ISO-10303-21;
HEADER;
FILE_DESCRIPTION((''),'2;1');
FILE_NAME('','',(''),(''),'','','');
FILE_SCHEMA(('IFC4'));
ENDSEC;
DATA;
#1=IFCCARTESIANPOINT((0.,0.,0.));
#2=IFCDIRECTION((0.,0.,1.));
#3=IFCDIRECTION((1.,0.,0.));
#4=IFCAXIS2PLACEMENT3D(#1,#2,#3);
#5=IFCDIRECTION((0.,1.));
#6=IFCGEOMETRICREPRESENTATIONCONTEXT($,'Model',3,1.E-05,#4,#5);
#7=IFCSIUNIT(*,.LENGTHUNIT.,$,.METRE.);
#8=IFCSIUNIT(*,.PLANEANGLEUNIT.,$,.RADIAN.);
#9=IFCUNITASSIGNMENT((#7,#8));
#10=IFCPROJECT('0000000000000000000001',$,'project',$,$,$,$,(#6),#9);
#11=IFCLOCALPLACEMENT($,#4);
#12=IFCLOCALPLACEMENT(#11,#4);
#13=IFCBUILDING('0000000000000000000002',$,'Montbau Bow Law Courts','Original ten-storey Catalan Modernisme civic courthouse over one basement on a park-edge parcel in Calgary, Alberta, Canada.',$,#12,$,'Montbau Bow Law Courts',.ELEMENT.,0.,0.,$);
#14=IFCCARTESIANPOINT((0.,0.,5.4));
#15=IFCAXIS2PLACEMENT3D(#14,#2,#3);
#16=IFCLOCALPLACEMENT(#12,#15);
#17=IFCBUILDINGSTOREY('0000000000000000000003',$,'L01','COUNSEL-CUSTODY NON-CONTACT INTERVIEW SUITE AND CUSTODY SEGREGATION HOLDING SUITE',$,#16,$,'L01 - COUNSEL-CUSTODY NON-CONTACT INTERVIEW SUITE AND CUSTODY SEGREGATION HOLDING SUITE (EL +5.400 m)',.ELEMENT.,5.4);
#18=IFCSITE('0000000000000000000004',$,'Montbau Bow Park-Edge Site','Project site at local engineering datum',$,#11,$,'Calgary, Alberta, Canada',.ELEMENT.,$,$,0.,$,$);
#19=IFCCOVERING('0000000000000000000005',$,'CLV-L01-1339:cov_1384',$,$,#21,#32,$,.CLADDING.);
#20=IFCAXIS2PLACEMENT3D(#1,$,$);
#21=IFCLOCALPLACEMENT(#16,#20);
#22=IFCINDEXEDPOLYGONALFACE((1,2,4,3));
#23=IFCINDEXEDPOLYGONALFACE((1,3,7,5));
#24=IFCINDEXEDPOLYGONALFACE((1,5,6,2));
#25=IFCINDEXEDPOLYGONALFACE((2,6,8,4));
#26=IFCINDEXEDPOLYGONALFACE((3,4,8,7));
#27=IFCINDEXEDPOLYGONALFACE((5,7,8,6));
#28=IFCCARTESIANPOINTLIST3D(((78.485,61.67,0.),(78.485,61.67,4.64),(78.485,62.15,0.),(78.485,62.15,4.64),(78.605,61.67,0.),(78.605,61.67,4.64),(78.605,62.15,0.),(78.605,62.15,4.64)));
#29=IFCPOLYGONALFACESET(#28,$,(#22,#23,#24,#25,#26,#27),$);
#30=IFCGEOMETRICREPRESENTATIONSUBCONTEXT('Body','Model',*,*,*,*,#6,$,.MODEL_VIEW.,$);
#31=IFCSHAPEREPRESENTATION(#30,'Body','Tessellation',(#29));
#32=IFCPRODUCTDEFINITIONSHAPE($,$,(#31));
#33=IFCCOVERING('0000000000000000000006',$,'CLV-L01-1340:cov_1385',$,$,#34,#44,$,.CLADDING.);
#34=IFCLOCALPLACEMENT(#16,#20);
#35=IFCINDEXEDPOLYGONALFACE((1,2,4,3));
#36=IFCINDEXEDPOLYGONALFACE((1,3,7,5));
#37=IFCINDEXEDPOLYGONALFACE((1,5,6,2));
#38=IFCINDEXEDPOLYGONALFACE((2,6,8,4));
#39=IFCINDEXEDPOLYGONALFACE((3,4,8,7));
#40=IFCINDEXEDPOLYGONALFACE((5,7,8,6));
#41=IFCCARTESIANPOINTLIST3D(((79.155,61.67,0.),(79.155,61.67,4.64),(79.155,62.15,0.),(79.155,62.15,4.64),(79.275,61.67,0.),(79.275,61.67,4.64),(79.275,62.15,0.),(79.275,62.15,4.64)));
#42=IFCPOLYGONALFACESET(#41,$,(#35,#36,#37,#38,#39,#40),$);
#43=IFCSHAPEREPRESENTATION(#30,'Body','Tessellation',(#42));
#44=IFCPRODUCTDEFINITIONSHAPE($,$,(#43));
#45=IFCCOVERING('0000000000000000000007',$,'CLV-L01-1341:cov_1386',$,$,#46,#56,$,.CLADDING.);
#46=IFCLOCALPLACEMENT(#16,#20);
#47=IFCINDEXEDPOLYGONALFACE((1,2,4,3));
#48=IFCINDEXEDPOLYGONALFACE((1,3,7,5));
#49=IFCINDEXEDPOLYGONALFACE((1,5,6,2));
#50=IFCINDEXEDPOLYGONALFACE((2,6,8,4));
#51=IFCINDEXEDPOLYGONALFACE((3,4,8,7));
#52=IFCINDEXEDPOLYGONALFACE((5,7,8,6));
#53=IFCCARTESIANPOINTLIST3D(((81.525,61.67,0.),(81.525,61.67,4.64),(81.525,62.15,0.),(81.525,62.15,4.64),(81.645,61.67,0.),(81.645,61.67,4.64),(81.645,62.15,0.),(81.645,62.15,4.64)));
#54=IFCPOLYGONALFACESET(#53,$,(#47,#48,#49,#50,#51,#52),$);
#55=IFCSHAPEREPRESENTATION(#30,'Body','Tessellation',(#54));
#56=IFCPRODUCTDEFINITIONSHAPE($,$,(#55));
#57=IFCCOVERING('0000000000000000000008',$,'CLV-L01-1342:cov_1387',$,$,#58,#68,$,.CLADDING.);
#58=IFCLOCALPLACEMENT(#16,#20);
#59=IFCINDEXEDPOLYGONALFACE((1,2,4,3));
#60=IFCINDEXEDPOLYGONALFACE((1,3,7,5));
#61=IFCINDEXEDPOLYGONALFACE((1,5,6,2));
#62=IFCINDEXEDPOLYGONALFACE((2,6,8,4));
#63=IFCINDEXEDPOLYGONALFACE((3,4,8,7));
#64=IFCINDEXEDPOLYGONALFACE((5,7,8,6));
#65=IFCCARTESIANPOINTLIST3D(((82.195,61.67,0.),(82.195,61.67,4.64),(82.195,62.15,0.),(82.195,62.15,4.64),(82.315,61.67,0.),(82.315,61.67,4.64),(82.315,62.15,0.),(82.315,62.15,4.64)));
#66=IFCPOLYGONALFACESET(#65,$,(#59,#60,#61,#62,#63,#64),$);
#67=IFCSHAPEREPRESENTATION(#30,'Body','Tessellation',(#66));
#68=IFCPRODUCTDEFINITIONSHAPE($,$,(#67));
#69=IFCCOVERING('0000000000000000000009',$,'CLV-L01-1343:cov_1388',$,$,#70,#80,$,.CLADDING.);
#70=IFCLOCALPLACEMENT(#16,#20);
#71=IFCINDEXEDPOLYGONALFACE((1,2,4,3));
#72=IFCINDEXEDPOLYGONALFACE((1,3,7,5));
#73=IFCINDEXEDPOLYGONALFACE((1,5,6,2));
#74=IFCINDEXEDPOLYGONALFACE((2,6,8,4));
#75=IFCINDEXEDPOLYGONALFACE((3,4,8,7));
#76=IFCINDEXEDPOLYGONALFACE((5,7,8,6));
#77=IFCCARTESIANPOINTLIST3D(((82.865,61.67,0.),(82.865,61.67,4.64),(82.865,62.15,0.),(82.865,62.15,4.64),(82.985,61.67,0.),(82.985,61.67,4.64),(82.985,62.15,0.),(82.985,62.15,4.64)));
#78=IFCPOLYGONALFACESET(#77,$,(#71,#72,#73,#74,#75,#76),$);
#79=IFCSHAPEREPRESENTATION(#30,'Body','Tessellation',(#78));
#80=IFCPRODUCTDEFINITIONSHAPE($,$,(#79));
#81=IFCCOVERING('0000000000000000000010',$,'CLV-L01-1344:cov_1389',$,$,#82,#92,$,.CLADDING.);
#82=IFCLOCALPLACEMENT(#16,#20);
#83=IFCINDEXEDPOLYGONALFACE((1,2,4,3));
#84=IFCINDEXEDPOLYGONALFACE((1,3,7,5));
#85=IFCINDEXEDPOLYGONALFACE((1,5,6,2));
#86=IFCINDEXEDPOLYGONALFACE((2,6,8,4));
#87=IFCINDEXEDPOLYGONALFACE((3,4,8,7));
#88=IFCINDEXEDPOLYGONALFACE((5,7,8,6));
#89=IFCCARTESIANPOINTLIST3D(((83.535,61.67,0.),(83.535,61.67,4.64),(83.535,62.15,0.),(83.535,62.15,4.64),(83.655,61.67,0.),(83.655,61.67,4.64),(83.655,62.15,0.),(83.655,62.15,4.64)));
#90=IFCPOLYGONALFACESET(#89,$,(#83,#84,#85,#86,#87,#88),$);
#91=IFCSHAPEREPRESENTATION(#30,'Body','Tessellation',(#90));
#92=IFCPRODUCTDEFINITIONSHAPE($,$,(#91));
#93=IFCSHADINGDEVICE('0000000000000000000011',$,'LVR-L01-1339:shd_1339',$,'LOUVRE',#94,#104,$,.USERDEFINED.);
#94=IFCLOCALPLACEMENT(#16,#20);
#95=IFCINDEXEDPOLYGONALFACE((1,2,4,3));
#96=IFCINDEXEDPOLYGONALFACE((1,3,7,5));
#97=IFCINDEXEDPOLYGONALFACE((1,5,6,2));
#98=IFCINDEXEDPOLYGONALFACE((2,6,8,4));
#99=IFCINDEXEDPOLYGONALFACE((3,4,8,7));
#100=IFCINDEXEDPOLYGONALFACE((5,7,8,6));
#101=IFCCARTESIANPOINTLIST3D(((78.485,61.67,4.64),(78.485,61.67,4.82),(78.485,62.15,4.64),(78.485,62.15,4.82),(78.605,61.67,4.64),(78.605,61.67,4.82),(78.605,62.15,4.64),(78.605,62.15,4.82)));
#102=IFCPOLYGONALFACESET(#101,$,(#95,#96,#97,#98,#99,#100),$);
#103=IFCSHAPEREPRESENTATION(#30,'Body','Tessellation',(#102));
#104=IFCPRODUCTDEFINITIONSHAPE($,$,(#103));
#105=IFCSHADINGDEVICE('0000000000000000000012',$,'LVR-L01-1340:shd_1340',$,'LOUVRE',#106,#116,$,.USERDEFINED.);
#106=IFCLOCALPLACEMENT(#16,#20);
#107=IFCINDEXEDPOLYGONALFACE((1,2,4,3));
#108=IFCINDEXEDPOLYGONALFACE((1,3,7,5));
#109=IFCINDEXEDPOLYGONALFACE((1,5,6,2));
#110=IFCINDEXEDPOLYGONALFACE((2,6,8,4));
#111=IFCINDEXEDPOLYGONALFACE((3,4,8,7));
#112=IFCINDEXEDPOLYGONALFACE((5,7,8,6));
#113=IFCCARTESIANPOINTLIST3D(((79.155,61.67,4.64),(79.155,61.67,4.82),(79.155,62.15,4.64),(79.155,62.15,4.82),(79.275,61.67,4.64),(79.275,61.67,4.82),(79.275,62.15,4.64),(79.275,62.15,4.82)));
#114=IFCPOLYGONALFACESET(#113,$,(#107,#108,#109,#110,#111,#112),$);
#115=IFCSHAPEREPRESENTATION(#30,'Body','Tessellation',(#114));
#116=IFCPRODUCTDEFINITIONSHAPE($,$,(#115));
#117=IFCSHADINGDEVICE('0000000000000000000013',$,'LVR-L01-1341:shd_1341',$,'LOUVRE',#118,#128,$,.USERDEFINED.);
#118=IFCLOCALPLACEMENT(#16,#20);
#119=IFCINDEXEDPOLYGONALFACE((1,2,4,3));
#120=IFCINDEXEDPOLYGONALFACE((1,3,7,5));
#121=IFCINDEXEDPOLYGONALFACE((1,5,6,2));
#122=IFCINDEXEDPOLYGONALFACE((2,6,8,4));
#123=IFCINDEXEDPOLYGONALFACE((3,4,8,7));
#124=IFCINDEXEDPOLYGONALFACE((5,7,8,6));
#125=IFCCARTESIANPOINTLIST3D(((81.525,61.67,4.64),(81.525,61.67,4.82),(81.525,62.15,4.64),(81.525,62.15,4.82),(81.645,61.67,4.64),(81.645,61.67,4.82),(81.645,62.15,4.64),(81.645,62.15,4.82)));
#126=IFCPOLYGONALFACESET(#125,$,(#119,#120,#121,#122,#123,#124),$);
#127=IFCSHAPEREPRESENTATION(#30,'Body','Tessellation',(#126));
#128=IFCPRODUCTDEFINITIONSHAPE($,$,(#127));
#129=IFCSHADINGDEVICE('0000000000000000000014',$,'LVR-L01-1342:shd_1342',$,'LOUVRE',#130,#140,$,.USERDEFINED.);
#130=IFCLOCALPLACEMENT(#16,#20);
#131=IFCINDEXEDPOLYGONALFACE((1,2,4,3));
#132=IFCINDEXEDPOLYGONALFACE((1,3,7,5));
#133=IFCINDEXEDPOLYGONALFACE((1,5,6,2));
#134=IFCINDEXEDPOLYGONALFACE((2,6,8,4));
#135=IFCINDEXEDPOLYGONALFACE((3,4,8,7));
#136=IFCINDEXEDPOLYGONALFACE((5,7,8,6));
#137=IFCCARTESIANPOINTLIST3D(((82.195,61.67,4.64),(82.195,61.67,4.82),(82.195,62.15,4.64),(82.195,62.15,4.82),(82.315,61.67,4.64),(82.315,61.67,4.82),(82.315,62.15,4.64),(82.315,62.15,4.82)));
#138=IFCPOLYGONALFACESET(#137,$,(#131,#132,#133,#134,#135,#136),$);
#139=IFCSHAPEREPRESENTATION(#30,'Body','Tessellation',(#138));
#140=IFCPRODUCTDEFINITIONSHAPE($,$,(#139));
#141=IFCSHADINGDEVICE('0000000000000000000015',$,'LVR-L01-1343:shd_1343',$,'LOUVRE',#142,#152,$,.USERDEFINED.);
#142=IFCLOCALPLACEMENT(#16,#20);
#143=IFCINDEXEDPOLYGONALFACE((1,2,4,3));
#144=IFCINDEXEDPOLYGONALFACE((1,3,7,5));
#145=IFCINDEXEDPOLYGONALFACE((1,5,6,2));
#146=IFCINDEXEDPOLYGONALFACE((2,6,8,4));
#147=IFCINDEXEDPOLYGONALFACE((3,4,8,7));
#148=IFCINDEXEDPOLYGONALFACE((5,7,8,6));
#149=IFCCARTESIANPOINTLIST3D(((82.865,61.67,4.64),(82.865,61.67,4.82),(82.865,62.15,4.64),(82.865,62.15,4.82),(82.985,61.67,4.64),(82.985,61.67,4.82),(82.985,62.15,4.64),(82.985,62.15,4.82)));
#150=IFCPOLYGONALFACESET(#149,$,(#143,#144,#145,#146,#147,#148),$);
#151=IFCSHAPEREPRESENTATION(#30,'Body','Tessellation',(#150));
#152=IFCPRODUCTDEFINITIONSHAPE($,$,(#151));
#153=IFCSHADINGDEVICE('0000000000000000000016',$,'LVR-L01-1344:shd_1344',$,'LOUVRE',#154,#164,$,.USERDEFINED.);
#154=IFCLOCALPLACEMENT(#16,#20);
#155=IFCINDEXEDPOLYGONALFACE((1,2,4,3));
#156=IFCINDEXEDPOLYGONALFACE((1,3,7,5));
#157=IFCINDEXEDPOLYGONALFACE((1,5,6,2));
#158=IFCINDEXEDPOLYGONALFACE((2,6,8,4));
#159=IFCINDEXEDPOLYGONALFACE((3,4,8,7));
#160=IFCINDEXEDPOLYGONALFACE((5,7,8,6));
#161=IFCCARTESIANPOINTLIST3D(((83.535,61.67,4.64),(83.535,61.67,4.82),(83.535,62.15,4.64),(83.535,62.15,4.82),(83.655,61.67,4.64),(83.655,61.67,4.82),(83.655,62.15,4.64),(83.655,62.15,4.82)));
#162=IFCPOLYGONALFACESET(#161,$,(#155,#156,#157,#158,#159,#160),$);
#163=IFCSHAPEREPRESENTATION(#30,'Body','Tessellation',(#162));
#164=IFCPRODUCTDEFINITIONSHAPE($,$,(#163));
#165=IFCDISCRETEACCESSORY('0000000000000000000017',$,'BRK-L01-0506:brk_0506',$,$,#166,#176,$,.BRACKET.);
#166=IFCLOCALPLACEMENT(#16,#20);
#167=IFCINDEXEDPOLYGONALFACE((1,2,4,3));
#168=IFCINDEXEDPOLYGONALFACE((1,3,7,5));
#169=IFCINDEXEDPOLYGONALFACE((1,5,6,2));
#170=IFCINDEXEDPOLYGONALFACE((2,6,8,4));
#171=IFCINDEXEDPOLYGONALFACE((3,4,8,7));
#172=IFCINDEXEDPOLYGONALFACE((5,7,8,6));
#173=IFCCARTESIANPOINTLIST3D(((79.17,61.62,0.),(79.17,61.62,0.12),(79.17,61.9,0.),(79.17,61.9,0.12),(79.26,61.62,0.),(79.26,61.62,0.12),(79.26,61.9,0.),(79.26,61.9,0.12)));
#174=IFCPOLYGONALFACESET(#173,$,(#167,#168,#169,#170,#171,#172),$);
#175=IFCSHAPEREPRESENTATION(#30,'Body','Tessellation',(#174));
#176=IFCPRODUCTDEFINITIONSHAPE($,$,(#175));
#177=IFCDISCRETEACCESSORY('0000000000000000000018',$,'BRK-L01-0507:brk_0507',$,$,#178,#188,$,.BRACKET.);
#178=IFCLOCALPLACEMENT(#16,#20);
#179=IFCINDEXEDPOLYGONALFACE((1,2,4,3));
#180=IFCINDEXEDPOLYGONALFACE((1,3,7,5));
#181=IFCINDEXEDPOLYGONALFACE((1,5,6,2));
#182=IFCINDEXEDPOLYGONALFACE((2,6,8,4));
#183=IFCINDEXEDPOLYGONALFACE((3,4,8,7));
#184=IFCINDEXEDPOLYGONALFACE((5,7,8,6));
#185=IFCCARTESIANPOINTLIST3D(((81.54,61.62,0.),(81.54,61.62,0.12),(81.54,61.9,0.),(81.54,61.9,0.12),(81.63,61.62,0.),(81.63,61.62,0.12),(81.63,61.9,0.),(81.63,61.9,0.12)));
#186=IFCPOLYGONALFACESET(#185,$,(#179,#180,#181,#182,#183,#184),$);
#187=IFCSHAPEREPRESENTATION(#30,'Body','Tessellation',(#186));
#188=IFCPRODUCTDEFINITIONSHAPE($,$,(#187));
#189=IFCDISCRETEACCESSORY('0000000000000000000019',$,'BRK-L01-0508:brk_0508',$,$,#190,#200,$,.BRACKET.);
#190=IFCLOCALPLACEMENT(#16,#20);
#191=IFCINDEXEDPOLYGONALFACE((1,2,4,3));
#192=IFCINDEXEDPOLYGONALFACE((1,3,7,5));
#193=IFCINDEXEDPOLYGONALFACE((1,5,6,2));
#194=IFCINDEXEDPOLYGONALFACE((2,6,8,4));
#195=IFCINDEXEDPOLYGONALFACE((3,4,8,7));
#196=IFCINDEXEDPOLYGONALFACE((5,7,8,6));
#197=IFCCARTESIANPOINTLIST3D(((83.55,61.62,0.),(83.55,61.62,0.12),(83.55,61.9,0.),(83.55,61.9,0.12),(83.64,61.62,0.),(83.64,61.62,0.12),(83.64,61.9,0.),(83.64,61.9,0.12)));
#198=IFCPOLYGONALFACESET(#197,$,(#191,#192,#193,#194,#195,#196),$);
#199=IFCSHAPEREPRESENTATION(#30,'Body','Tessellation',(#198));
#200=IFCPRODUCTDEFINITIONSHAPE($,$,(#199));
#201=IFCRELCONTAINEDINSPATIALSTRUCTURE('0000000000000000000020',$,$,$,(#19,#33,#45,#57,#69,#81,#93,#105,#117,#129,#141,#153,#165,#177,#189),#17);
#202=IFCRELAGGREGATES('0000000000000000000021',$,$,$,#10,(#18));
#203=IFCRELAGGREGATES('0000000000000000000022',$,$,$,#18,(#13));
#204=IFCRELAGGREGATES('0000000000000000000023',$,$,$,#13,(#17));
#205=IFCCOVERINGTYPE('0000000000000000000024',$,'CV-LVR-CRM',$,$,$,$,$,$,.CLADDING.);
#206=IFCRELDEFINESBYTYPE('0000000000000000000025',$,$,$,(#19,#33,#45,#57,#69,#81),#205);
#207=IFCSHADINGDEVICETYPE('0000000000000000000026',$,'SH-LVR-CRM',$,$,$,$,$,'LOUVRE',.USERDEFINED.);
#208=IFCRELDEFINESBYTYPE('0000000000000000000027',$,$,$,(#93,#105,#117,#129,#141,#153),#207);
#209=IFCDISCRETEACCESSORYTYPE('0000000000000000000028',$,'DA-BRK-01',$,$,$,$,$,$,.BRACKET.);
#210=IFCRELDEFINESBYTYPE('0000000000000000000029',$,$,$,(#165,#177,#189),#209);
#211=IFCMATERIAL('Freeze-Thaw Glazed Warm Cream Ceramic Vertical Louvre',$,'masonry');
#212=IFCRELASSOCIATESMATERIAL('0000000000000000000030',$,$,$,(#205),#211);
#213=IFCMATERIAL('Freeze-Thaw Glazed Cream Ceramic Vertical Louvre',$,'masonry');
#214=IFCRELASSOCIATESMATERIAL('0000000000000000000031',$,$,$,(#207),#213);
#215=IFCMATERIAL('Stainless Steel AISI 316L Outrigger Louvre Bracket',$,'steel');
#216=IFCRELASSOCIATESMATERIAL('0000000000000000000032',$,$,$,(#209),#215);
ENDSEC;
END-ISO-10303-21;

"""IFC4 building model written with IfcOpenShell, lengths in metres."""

from ifc_helpers import new_model, si_unit, direction, frame, frame_2d, origin_with_axes, origin_2d_with_axis, place, context, subcontext, project, spatial, rectangle, extrude, material, type_object, element, save


model = new_model("IFC4")

# Units and contexts
model_context = context("Model", 3, precision=1e-05, world=origin_with_axes(), true_north=direction((0.0, 1.0)))
body_context = subcontext(model_context, "Body", "Model", "MODEL_VIEW")
ifc_project = project(units=[si_unit("LENGTHUNIT", "METRE"), si_unit("PLANEANGLEUNIT", "RADIAN")], contexts=[model_context])

# Site, building, storey
site_placement = place(None, origin_with_axes())
site = spatial("IfcSite", under=ifc_project, at=site_placement, Name="Montbau Bow Park-Edge Site", Description="Project site at local engineering datum", LongName="Calgary, Alberta, Canada", CompositionType="ELEMENT", RefElevation=0.0)
building_placement = place(site_placement, origin_with_axes())
building = spatial("IfcBuilding", under=site, at=building_placement, Name="Montbau Bow Law Courts", Description="Original ten-storey Catalan Modernisme civic courthouse over one basement on a park-edge parcel in Calgary, Alberta, Canada.", LongName="Montbau Bow Law Courts", CompositionType="ELEMENT", ElevationOfRefHeight=0.0, ElevationOfTerrain=0.0)
storey_placement = place(building_placement, frame((0.0, 0.0, 5.4), z_axis=(0.0, 0.0, 1.0), x_axis=(1.0, 0.0, 0.0)))
storey = spatial("IfcBuildingStorey", under=building, at=storey_placement, Name="L01", Description="COUNSEL-CUSTODY NON-CONTACT INTERVIEW SUITE AND CUSTODY SEGREGATION HOLDING SUITE", LongName="L01 - COUNSEL-CUSTODY NON-CONTACT INTERVIEW SUITE AND CUSTODY SEGREGATION HOLDING SUITE (EL +5.400 m)", CompositionType="ELEMENT", Elevation=5.4)

# Coverings
ifc_material_1 = material(Name="Freeze-Thaw Glazed Warm Cream Ceramic Vertical Louvre", Category="masonry")
covering_type = type_object("IfcCoveringType", Name="CV-LVR-CRM", PredefinedType="CLADDING", material=ifc_material_1)
for number, where, z_axis, x_axis, name in (
    (1, (78.545, 61.67, 5.4), (1.0, 0.0, 0.0), (0.0, 1.0, 0.0), "CLV-L01-1339:cov_1384"),
    (2, (79.215, 61.67, 5.4), (1.0, 0.0, 0.0), (0.0, 1.0, 0.0), "CLV-L01-1340:cov_1385"),
    (3, (81.585, 61.67, 5.4), (1.0, 0.0, 0.0), (0.0, 1.0, 0.0), "CLV-L01-1341:cov_1386"),
    (4, (82.255, 61.67, 5.4), (1.0, 0.0, 0.0), (0.0, 1.0, 0.0), "CLV-L01-1342:cov_1387"),
    (5, (82.925, 61.67, 5.4), (1.0, 0.0, 0.0), (0.0, 1.0, 0.0), "CLV-L01-1343:cov_1388"),
    (6, (83.595, 61.67, 5.4), (1.0, 0.0, 0.0), (0.0, 1.0, 0.0), "CLV-L01-1344:cov_1389"),
):
    element("IfcCovering", number, at=place(None, frame(where, z_axis=z_axis, x_axis=x_axis)), inside=storey, type_object=covering_type, Name=name, PredefinedType="CLADDING", context=body_context, shape_type="SweptSolid", body=[
        extrude(rectangle(XDim=0.48, YDim=4.64, at=frame_2d((0.24, 2.32), x_axis=(1.0, 0.0))), frame((0.0, 0.0, -0.06), z_axis=(0.0, 0.0, 1.0), x_axis=(1.0, 0.0, 0.0)), (0.0, 0.0, 1.0), 0.12),
    ])

# Shading devices
ifc_material_2 = material(Name="Freeze-Thaw Glazed Cream Ceramic Vertical Louvre", Category="masonry")
shading_device_type = type_object("IfcShadingDeviceType", Name="SH-LVR-CRM", ElementType="LOUVRE", PredefinedType="USERDEFINED", material=ifc_material_2)
for number, where, z_axis, x_axis, name in (
    (7, (78.545, 61.91, 10.04), (0.0, 0.0, 1.0), (0.0, 1.0, 0.0), "LVR-L01-1339:shd_1339"),
    (8, (79.215, 61.91, 10.04), (0.0, 0.0, 1.0), (0.0, 1.0, 0.0), "LVR-L01-1340:shd_1340"),
    (9, (81.585, 61.91, 10.04), (0.0, 0.0, 1.0), (0.0, 1.0, 0.0), "LVR-L01-1341:shd_1341"),
    (10, (82.255, 61.91, 10.04), (0.0, 0.0, 1.0), (0.0, 1.0, 0.0), "LVR-L01-1342:shd_1342"),
    (11, (82.925, 61.91, 10.04), (0.0, 0.0, 1.0), (0.0, 1.0, 0.0), "LVR-L01-1343:shd_1343"),
    (12, (83.595, 61.91, 10.04), (0.0, 0.0, 1.0), (0.0, 1.0, 0.0), "LVR-L01-1344:shd_1344"),
):
    element("IfcShadingDevice", number, at=place(None, frame(where, z_axis=z_axis, x_axis=x_axis)), inside=storey, type_object=shading_device_type, Name=name, ObjectType="LOUVRE", PredefinedType="USERDEFINED", context=body_context, shape_type="SweptSolid", body=[
        extrude(rectangle(XDim=0.48, YDim=0.12, at=origin_2d_with_axis()), origin_with_axes(), (0.0, 0.0, 1.0), 0.18),
    ])

# Discrete accessories
ifc_material_3 = material(Name="Stainless Steel AISI 316L Outrigger Louvre Bracket", Category="steel")
discrete_accessory_type = type_object("IfcDiscreteAccessoryType", Name="DA-BRK-01", PredefinedType="BRACKET", material=ifc_material_3)
for number, where, z_axis, x_axis, name in (
    (13, (79.215, 61.76, 5.4), (0.0, 0.0, 1.0), (0.0, 1.0, 0.0), "BRK-L01-0506:brk_0506"),
    (14, (81.585, 61.76, 5.4), (0.0, 0.0, 1.0), (0.0, 1.0, 0.0), "BRK-L01-0507:brk_0507"),
    (15, (83.595, 61.76, 5.4), (0.0, 0.0, 1.0), (0.0, 1.0, 0.0), "BRK-L01-0508:brk_0508"),
):
    element("IfcDiscreteAccessory", number, at=place(None, frame(where, z_axis=z_axis, x_axis=x_axis)), inside=storey, type_object=discrete_accessory_type, Name=name, PredefinedType="BRACKET", context=body_context, shape_type="SweptSolid", body=[
        extrude(rectangle(XDim=0.28, YDim=0.09, at=origin_2d_with_axis()), origin_with_axes(), (0.0, 0.0, 1.0), 0.12),
    ])

save(model, "model.ifc")
